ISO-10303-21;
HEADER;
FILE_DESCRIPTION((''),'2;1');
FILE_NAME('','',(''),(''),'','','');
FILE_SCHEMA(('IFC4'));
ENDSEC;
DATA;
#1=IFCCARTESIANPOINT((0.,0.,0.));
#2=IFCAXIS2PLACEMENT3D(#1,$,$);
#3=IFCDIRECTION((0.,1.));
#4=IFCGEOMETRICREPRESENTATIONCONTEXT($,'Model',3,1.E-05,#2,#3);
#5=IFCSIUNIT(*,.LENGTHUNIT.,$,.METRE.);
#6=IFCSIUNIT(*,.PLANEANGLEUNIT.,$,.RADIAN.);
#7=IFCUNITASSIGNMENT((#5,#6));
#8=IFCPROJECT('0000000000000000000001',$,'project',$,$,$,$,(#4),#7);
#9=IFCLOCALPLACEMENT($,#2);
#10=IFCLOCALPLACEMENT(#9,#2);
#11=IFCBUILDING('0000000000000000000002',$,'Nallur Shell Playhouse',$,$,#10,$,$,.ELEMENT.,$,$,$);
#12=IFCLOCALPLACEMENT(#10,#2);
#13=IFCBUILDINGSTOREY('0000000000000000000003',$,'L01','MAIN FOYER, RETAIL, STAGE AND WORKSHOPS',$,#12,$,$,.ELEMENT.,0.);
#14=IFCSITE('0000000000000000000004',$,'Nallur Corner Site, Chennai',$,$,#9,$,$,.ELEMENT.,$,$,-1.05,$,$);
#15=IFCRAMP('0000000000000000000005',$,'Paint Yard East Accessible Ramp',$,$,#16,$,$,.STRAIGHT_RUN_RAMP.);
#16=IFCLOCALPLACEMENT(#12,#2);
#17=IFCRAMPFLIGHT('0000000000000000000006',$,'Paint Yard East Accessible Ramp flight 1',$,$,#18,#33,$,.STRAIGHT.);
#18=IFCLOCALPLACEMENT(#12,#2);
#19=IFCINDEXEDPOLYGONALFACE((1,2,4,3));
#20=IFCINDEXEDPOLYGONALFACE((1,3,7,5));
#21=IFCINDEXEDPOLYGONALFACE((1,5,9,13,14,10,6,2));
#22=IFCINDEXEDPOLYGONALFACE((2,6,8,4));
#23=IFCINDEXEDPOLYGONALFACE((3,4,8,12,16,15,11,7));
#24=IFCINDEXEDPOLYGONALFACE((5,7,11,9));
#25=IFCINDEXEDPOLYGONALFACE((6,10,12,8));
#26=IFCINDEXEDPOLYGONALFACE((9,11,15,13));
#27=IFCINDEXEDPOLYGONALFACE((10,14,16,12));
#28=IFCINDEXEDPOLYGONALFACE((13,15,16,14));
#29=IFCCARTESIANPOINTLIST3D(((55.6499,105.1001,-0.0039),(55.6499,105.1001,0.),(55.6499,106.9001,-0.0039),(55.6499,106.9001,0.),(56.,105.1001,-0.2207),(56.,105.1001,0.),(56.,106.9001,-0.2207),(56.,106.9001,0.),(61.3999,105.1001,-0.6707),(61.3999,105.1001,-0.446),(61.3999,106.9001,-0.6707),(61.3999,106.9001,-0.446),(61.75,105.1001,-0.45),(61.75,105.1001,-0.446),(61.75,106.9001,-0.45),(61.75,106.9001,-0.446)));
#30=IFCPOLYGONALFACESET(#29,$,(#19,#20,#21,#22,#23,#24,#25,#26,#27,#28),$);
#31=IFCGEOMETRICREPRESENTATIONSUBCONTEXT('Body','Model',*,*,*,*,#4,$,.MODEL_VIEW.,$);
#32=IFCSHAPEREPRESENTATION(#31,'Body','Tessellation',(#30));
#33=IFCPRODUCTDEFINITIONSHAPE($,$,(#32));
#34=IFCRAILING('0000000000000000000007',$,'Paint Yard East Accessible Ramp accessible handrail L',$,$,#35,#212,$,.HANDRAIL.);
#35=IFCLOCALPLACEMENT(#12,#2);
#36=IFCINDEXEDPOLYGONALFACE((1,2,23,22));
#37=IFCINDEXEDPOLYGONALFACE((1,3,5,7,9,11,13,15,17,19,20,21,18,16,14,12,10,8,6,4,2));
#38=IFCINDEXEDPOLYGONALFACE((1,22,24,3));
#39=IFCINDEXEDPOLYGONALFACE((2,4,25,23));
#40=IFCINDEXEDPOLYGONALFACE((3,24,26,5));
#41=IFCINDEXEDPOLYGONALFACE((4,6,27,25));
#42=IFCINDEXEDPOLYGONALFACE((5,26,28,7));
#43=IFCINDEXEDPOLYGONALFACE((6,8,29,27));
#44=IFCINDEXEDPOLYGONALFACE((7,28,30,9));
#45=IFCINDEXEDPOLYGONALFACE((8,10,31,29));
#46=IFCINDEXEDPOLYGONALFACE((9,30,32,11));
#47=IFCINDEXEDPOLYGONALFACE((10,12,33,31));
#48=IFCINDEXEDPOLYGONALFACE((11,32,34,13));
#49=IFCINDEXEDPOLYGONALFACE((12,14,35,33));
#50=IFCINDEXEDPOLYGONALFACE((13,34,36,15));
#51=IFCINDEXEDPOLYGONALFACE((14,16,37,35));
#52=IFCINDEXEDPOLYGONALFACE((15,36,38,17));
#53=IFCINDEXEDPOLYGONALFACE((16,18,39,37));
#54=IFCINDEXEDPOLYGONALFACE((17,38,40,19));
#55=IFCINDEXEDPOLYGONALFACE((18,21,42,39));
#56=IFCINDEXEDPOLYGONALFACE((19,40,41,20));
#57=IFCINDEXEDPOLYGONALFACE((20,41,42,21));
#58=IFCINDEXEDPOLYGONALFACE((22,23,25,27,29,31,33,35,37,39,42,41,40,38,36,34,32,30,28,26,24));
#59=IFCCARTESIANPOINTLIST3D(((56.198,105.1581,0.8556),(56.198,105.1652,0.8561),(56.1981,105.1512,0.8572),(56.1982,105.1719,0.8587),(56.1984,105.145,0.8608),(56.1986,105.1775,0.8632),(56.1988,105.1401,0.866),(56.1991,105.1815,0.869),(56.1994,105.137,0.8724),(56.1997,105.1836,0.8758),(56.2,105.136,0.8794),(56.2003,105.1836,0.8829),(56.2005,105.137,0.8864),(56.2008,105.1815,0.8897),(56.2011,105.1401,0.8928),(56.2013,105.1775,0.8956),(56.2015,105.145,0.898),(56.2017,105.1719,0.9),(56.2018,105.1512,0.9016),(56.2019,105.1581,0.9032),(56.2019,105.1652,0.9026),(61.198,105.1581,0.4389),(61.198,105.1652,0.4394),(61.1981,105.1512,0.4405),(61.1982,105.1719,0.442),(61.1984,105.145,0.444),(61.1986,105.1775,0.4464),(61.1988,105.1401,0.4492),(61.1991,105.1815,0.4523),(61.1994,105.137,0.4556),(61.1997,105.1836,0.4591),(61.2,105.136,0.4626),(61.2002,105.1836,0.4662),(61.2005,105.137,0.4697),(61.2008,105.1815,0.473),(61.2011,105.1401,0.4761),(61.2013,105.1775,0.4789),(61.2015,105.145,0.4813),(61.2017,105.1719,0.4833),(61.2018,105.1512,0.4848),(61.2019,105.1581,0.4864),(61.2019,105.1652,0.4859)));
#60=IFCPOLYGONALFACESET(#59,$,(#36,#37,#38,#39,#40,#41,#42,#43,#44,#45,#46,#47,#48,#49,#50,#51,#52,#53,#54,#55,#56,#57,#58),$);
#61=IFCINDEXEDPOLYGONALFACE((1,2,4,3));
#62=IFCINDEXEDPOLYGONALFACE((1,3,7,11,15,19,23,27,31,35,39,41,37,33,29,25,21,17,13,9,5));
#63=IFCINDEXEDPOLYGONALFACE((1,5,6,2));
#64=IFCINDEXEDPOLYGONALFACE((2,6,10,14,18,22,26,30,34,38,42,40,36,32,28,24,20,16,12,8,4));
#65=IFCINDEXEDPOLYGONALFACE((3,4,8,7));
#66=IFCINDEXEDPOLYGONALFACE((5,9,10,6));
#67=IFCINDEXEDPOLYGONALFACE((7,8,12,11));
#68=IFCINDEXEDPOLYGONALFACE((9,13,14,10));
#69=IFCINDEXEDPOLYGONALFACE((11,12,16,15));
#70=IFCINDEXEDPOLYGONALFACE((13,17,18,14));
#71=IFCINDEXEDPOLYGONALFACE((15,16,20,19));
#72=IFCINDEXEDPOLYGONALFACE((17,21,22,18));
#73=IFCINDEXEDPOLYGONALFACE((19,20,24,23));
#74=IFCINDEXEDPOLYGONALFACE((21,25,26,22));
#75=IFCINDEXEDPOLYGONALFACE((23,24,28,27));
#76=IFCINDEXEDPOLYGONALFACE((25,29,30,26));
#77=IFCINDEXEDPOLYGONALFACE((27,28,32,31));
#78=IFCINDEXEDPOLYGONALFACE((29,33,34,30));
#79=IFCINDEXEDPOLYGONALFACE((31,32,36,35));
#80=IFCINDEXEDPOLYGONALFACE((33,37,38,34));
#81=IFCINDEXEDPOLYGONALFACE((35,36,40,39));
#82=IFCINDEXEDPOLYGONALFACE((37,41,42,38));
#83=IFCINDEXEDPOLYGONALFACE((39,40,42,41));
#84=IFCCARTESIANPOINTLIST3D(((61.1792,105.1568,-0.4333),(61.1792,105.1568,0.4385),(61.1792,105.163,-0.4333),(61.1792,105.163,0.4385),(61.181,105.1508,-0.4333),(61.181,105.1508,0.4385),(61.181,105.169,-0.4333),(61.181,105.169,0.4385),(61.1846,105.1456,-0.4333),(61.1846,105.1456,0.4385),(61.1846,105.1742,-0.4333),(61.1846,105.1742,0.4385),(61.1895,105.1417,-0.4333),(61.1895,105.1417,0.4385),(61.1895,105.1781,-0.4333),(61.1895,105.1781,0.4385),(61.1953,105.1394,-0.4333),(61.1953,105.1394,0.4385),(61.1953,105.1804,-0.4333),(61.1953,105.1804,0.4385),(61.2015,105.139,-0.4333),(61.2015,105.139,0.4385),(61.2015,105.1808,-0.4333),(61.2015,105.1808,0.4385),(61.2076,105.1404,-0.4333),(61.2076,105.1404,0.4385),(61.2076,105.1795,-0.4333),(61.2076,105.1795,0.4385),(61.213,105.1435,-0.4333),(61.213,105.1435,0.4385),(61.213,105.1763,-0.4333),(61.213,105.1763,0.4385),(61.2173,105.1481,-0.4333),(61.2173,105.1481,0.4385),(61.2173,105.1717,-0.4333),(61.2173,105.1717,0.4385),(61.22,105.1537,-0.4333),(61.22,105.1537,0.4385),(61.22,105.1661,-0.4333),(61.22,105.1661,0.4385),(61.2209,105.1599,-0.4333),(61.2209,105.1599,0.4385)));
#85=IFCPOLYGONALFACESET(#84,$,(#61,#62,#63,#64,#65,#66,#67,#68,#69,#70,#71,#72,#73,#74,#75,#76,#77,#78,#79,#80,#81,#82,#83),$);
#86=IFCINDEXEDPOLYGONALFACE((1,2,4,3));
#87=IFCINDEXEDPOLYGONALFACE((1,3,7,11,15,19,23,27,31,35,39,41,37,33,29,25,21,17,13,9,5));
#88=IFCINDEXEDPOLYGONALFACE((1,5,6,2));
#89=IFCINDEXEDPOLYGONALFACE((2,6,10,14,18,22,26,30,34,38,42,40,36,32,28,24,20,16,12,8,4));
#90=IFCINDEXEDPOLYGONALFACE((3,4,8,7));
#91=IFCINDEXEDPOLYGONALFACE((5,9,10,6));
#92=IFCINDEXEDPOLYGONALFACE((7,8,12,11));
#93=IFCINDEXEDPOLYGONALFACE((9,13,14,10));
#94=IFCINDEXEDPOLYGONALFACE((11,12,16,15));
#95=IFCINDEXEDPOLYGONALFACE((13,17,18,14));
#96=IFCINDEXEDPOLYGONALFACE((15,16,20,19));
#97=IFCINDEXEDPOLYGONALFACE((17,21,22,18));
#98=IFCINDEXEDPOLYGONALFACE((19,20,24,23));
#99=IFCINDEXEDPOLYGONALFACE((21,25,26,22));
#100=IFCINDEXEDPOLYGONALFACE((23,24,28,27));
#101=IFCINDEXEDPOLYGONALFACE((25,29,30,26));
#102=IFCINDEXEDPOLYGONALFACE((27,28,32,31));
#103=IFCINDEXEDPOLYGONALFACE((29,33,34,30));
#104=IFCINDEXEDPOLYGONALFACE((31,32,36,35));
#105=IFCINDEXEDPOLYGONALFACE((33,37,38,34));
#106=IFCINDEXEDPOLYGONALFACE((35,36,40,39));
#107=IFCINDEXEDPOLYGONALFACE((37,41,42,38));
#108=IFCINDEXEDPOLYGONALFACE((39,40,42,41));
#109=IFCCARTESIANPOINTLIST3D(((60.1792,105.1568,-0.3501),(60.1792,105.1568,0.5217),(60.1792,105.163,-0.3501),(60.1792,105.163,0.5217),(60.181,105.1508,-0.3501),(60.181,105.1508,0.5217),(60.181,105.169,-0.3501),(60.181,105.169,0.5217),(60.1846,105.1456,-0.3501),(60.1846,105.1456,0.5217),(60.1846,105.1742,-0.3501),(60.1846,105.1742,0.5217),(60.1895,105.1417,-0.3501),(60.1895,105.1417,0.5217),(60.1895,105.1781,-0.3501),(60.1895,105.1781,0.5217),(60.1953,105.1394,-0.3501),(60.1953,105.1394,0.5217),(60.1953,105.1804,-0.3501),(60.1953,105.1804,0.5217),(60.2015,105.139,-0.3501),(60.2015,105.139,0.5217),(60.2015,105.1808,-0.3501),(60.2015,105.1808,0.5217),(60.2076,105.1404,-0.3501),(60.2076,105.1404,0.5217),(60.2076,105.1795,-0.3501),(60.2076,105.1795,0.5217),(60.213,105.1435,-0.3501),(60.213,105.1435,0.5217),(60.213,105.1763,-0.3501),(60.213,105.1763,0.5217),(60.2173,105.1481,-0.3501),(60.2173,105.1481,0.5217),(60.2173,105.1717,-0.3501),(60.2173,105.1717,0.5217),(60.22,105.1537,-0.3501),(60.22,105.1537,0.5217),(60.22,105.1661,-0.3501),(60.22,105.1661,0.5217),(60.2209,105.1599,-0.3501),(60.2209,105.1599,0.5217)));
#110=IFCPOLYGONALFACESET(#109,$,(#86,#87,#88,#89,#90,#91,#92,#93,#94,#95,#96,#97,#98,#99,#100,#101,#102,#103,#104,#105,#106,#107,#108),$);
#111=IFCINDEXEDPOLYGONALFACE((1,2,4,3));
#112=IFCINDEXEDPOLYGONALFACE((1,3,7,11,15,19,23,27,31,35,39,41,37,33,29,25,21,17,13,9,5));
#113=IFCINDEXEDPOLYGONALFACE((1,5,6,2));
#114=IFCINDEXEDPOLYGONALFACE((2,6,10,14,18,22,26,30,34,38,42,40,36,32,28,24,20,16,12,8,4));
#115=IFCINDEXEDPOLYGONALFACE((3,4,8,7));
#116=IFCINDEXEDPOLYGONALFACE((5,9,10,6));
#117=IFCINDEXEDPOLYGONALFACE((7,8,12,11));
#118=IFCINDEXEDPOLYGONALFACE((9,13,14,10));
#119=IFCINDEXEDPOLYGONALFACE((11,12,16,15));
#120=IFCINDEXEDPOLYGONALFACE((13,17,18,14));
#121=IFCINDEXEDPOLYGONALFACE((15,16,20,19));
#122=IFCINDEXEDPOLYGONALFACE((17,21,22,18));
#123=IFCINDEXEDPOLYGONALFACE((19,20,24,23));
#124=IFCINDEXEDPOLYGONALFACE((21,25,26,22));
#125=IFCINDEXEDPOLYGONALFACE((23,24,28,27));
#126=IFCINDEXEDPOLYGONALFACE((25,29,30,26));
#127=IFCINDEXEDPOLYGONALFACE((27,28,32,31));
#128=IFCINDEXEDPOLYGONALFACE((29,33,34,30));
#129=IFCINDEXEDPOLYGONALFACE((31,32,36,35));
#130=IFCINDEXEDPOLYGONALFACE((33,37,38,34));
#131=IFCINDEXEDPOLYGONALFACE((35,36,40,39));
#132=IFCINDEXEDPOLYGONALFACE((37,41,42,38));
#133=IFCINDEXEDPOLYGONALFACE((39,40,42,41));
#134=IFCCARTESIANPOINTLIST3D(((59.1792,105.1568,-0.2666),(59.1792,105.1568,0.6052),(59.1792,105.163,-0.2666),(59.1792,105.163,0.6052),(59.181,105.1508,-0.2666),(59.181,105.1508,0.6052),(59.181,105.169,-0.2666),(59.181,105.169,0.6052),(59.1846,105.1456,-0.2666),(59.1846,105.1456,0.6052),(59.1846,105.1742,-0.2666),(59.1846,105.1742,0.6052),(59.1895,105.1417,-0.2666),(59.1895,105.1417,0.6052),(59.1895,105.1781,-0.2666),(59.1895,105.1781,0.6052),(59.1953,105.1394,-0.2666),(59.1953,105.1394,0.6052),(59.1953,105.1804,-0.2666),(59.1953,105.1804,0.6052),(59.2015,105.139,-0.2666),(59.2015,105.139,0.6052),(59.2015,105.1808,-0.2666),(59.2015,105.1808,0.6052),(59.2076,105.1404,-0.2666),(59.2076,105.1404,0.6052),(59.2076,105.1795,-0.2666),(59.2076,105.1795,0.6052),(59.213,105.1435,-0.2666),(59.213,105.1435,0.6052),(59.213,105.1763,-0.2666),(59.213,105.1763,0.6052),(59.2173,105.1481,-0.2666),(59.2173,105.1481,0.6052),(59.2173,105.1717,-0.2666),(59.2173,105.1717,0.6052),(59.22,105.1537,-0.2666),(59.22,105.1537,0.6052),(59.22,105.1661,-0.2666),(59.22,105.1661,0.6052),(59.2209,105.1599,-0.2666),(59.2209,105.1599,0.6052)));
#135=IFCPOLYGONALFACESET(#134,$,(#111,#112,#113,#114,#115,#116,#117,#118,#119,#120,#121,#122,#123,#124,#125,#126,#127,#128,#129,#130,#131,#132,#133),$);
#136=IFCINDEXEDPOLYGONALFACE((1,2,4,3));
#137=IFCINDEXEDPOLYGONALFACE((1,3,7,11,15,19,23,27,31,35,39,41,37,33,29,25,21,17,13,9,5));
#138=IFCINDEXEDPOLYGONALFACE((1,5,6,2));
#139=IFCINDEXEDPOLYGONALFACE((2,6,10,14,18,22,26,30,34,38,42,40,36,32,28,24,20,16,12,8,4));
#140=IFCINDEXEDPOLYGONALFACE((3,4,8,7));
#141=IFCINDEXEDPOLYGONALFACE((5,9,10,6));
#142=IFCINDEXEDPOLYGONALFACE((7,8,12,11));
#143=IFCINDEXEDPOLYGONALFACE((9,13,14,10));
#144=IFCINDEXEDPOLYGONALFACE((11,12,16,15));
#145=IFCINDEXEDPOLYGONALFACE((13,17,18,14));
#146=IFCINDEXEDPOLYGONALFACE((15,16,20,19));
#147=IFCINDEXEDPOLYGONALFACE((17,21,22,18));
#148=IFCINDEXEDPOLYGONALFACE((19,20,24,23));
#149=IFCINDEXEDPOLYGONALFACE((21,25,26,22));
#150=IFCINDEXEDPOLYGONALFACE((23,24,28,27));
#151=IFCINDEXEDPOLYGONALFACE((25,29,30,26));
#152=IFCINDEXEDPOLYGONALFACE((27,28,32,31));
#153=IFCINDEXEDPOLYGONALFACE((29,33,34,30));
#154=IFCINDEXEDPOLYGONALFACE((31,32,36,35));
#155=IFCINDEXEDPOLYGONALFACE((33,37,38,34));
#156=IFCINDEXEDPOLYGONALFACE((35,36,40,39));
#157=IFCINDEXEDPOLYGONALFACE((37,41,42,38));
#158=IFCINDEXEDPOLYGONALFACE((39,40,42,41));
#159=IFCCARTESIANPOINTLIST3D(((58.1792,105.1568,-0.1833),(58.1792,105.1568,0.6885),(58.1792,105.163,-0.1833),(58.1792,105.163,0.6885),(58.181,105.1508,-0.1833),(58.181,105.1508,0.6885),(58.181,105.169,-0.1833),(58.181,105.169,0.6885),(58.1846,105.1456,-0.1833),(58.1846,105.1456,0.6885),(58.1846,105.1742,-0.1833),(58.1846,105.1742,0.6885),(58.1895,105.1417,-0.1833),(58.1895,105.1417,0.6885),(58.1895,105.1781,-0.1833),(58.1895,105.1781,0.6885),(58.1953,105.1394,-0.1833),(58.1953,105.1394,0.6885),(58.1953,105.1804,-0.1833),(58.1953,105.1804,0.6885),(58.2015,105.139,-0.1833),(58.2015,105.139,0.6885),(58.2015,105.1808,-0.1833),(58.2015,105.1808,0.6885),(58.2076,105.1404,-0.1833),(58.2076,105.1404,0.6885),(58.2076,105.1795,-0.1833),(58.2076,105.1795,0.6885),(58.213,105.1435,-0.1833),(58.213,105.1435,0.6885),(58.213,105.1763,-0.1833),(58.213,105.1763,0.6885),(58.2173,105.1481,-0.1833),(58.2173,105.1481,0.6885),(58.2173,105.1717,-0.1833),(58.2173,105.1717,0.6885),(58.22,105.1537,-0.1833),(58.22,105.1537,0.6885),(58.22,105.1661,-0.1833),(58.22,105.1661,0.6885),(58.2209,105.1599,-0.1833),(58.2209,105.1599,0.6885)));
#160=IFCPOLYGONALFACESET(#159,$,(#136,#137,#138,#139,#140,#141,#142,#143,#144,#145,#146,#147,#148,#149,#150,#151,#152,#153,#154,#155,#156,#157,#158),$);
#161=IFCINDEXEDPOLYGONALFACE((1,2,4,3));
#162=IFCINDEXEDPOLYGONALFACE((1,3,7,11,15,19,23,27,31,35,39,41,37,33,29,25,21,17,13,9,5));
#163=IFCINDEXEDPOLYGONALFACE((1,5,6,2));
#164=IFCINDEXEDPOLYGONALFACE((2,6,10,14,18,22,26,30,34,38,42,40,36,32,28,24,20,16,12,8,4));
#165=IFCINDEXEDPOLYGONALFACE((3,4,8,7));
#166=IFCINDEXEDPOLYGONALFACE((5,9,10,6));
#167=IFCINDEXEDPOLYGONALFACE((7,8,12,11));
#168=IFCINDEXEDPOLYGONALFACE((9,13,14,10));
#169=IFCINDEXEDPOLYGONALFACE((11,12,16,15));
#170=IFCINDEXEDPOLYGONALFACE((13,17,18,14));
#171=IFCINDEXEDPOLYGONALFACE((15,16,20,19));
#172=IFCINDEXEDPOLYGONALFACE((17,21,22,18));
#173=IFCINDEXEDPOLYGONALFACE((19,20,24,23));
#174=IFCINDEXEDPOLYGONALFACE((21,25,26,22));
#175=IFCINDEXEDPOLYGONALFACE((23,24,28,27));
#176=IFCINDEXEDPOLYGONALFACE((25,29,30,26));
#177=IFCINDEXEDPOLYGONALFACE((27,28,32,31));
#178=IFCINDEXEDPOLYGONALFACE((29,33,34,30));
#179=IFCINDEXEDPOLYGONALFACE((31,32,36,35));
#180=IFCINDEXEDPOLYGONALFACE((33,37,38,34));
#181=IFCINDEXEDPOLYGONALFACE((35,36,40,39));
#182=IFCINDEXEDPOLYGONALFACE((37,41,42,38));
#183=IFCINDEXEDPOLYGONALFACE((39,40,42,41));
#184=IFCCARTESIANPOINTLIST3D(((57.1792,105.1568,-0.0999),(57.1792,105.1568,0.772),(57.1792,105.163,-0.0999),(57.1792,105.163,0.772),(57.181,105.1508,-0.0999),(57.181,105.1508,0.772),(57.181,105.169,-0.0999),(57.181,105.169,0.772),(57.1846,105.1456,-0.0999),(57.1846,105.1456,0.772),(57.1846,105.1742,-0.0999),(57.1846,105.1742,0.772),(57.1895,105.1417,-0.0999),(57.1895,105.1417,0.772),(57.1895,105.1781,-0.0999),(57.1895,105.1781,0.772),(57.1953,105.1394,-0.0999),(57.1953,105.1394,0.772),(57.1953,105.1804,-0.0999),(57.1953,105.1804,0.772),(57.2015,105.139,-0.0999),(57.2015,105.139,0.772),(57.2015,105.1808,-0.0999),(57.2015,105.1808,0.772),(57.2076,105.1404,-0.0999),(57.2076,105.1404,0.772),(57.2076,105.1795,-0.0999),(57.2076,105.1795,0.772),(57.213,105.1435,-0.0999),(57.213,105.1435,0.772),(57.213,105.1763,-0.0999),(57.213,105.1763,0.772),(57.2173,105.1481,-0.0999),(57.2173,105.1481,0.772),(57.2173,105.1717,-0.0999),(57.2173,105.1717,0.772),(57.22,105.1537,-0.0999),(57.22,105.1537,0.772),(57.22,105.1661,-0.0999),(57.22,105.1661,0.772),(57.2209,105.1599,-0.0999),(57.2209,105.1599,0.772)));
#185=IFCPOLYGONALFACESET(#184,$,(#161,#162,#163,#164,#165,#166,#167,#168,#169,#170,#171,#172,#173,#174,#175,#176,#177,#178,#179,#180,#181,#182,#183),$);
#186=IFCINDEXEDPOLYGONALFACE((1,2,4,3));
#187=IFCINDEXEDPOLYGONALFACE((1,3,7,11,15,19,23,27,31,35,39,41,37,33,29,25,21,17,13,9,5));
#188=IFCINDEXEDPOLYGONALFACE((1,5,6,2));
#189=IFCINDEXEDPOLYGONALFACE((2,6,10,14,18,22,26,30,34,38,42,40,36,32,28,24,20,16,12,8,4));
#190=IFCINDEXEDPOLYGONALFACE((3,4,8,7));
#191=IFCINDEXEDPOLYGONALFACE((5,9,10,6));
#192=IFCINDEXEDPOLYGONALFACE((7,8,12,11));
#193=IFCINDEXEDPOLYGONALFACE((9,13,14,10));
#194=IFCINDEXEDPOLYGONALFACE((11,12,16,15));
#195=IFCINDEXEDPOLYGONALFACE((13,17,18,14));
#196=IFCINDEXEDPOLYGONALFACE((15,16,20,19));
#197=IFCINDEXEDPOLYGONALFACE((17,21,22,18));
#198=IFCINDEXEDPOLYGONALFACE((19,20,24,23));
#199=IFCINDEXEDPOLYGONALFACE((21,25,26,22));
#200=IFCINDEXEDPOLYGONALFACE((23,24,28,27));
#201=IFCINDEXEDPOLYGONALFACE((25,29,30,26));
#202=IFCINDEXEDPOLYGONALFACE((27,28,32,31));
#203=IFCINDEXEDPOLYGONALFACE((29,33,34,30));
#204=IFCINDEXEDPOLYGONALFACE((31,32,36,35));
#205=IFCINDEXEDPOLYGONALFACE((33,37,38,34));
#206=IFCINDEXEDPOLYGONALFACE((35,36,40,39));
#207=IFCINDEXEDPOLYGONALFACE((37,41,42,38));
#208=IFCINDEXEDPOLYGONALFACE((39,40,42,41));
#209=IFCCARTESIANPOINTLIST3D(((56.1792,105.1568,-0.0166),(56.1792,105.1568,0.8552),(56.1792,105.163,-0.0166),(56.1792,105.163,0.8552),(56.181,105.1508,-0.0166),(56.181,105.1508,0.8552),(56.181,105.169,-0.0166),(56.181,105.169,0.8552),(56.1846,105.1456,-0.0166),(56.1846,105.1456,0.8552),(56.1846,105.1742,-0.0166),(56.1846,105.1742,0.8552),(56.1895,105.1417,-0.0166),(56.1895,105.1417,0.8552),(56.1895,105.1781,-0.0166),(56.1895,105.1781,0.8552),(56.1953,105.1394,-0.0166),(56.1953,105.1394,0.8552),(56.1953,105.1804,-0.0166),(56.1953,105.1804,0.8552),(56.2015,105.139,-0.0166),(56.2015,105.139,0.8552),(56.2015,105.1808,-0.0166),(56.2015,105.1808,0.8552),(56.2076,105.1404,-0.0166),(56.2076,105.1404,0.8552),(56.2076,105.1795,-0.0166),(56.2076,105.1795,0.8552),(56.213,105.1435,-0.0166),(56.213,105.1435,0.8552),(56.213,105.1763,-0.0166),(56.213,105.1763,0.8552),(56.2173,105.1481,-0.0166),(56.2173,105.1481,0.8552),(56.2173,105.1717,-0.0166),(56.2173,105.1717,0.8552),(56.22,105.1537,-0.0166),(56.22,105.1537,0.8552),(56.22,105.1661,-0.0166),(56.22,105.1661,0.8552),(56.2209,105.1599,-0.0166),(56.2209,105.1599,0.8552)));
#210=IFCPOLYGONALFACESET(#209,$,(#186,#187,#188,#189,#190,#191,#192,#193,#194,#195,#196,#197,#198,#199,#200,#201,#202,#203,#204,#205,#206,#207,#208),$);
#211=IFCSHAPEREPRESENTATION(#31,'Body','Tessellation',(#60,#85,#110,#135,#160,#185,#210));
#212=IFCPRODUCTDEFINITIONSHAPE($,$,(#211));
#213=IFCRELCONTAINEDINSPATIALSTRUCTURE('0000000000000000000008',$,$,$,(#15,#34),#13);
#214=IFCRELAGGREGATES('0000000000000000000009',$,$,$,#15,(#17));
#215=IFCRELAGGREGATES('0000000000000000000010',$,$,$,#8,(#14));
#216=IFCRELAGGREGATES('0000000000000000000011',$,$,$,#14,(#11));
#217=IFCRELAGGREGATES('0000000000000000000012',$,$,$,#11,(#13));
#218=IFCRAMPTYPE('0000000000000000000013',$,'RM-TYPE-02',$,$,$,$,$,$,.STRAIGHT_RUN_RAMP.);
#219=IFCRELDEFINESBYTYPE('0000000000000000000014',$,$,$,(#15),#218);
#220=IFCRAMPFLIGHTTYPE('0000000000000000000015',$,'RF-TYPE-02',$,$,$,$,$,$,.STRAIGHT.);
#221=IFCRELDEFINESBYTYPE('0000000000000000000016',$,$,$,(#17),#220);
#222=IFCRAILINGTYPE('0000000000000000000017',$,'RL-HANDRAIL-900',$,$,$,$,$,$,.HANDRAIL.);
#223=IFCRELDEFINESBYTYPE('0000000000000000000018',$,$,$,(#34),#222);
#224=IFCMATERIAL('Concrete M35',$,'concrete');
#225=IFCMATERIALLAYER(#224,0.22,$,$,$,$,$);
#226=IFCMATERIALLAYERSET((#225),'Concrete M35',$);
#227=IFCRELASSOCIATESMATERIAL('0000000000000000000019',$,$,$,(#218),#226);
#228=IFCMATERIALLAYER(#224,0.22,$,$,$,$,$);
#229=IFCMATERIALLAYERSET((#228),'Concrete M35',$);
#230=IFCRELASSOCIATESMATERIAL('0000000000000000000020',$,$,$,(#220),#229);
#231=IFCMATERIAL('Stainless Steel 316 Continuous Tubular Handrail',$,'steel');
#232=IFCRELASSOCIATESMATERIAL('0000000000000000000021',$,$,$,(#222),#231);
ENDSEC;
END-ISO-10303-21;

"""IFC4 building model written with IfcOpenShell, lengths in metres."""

from ifc_helpers import new_model, si_unit, direction, frame, origin, origin_2d, place, context, subcontext, project, spatial, polyline, circle, outline, extrude, material, layer, layer_set, type_object, element, aggregate, save


model = new_model("IFC4")

# Units and contexts
model_context = context("Model", 3, precision=1e-05, world=origin(), true_north=direction((0.0, 1.0)))
body_context = subcontext(model_context, "Body", "Model", "MODEL_VIEW")
ifc_project = project(units=[si_unit("LENGTHUNIT", "METRE"), si_unit("PLANEANGLEUNIT", "RADIAN")], contexts=[model_context])

# Site, building, storey
site_placement = place(None, origin())
site = spatial("IfcSite", under=ifc_project, at=site_placement, Name="Nallur Corner Site, Chennai", CompositionType="ELEMENT", RefElevation=-1.05)
building_placement = place(site_placement, origin())
building = spatial("IfcBuilding", under=site, at=building_placement, Name="Nallur Shell Playhouse", CompositionType="ELEMENT")
storey_placement = place(building_placement, origin())
storey = spatial("IfcBuildingStorey", under=building, at=storey_placement, Name="L01", Description="MAIN FOYER, RETAIL, STAGE AND WORKSHOPS", CompositionType="ELEMENT", Elevation=0.0)

# Shared definitions
ifc_material_1 = material(Name="Concrete M35", Category="concrete")

# Ramp, ramp flight
ifc_layer_1 = layer(ifc_material_1, 0.22)
ifc_layer_set_1 = layer_set([ifc_layer_1], Name="Concrete M35")
ramp_type = type_object("IfcRampType", Name="RM-TYPE-02", PredefinedType="STRAIGHT_RUN_RAMP", material=ifc_layer_set_1)
ramp_placement = place(storey_placement, origin())
ramp = element("IfcRamp", 1, at=ramp_placement, inside=storey, type_object=ramp_type, Name="Paint Yard East Accessible Ramp", PredefinedType="STRAIGHT_RUN_RAMP")
ifc_layer_2 = layer(ifc_material_1, 0.22)
ifc_layer_set_2 = layer_set([ifc_layer_2], Name="Concrete M35")
ramp_flight_type = type_object("IfcRampFlightType", Name="RF-TYPE-02", PredefinedType="STRAIGHT", material=ifc_layer_set_2)
ramp_flight_placement = place(storey_placement, frame((61.3999, 106.0, -0.45), z_axis=(0.0, 0.0, 1.0), x_axis=(-1.0, 0.0, 0.0)))
ramp_flight = element("IfcRampFlight", 2, at=ramp_flight_placement, type_object=ramp_flight_type, Name="Paint Yard East Accessible Ramp flight 1", PredefinedType="STRAIGHT", context=body_context, shape_type="SweptSolid", body=[
    extrude(outline(polyline([(-0.3501, 0.0), (-0.3501, 0.0039), (0.0, 0.0039), (5.3999, 0.45), (5.75, 0.45), (5.75, 0.446), (5.3999, 0.2292), (0.0, -0.2207), (-0.3501, 0.0)])), frame((0.0, 0.8999, 0.0), z_axis=(0.0, -1.0, 0.0), x_axis=(1.0, 0.0, 0.0)), (0.0, 0.0, 1.0), 1.8),
])
aggregate(ramp, [ramp_flight])

# Railing
ifc_material_2 = material(Name="Stainless Steel 316 Continuous Tubular Handrail", Category="steel")
railing_type = type_object("IfcRailingType", Name="RL-HANDRAIL-900", PredefinedType="HANDRAIL", material=ifc_material_2)
for number, where, name in (
    (3, (61.2, 105.1599, -0.4333), "Paint Yard East Accessible Ramp accessible handrail L"),
):
    element("IfcRailing", number, at=place(storey_placement, frame(where)), inside=storey, type_object=railing_type, Name=name, PredefinedType="HANDRAIL", context=body_context, shape_type="SweptSolid", body=[
        extrude(circle(Radius=0.0239, at=origin_2d()), frame((0.0, 0.0, 0.896), z_axis=(-0.996544, 0.0, 0.083062), x_axis=(0.0, -1.0, 0.0)), (0.0, 0.0, 1.0), 5.0173),
        extrude(circle(Radius=0.021, at=origin_2d()), origin(), (0.0, 0.0, 1.0), 0.8718),
        extrude(circle(Radius=0.021, at=origin_2d()), frame((-1.0, 0.0, 0.0833)), (0.0, 0.0, 1.0), 0.8718),
        extrude(circle(Radius=0.021, at=origin_2d()), frame((-2.0, 0.0, 0.1667)), (0.0, 0.0, 1.0), 0.8718),
        extrude(circle(Radius=0.021, at=origin_2d()), frame((-3.0, 0.0, 0.25)), (0.0, 0.0, 1.0), 0.8718),
        extrude(circle(Radius=0.021, at=origin_2d()), frame((-4.0, 0.0, 0.3335)), (0.0, 0.0, 1.0), 0.8718),
        extrude(circle(Radius=0.021, at=origin_2d()), frame((-5.0, 0.0, 0.4167)), (0.0, 0.0, 1.0), 0.8718),
    ])

save(model, "model.ifc")
